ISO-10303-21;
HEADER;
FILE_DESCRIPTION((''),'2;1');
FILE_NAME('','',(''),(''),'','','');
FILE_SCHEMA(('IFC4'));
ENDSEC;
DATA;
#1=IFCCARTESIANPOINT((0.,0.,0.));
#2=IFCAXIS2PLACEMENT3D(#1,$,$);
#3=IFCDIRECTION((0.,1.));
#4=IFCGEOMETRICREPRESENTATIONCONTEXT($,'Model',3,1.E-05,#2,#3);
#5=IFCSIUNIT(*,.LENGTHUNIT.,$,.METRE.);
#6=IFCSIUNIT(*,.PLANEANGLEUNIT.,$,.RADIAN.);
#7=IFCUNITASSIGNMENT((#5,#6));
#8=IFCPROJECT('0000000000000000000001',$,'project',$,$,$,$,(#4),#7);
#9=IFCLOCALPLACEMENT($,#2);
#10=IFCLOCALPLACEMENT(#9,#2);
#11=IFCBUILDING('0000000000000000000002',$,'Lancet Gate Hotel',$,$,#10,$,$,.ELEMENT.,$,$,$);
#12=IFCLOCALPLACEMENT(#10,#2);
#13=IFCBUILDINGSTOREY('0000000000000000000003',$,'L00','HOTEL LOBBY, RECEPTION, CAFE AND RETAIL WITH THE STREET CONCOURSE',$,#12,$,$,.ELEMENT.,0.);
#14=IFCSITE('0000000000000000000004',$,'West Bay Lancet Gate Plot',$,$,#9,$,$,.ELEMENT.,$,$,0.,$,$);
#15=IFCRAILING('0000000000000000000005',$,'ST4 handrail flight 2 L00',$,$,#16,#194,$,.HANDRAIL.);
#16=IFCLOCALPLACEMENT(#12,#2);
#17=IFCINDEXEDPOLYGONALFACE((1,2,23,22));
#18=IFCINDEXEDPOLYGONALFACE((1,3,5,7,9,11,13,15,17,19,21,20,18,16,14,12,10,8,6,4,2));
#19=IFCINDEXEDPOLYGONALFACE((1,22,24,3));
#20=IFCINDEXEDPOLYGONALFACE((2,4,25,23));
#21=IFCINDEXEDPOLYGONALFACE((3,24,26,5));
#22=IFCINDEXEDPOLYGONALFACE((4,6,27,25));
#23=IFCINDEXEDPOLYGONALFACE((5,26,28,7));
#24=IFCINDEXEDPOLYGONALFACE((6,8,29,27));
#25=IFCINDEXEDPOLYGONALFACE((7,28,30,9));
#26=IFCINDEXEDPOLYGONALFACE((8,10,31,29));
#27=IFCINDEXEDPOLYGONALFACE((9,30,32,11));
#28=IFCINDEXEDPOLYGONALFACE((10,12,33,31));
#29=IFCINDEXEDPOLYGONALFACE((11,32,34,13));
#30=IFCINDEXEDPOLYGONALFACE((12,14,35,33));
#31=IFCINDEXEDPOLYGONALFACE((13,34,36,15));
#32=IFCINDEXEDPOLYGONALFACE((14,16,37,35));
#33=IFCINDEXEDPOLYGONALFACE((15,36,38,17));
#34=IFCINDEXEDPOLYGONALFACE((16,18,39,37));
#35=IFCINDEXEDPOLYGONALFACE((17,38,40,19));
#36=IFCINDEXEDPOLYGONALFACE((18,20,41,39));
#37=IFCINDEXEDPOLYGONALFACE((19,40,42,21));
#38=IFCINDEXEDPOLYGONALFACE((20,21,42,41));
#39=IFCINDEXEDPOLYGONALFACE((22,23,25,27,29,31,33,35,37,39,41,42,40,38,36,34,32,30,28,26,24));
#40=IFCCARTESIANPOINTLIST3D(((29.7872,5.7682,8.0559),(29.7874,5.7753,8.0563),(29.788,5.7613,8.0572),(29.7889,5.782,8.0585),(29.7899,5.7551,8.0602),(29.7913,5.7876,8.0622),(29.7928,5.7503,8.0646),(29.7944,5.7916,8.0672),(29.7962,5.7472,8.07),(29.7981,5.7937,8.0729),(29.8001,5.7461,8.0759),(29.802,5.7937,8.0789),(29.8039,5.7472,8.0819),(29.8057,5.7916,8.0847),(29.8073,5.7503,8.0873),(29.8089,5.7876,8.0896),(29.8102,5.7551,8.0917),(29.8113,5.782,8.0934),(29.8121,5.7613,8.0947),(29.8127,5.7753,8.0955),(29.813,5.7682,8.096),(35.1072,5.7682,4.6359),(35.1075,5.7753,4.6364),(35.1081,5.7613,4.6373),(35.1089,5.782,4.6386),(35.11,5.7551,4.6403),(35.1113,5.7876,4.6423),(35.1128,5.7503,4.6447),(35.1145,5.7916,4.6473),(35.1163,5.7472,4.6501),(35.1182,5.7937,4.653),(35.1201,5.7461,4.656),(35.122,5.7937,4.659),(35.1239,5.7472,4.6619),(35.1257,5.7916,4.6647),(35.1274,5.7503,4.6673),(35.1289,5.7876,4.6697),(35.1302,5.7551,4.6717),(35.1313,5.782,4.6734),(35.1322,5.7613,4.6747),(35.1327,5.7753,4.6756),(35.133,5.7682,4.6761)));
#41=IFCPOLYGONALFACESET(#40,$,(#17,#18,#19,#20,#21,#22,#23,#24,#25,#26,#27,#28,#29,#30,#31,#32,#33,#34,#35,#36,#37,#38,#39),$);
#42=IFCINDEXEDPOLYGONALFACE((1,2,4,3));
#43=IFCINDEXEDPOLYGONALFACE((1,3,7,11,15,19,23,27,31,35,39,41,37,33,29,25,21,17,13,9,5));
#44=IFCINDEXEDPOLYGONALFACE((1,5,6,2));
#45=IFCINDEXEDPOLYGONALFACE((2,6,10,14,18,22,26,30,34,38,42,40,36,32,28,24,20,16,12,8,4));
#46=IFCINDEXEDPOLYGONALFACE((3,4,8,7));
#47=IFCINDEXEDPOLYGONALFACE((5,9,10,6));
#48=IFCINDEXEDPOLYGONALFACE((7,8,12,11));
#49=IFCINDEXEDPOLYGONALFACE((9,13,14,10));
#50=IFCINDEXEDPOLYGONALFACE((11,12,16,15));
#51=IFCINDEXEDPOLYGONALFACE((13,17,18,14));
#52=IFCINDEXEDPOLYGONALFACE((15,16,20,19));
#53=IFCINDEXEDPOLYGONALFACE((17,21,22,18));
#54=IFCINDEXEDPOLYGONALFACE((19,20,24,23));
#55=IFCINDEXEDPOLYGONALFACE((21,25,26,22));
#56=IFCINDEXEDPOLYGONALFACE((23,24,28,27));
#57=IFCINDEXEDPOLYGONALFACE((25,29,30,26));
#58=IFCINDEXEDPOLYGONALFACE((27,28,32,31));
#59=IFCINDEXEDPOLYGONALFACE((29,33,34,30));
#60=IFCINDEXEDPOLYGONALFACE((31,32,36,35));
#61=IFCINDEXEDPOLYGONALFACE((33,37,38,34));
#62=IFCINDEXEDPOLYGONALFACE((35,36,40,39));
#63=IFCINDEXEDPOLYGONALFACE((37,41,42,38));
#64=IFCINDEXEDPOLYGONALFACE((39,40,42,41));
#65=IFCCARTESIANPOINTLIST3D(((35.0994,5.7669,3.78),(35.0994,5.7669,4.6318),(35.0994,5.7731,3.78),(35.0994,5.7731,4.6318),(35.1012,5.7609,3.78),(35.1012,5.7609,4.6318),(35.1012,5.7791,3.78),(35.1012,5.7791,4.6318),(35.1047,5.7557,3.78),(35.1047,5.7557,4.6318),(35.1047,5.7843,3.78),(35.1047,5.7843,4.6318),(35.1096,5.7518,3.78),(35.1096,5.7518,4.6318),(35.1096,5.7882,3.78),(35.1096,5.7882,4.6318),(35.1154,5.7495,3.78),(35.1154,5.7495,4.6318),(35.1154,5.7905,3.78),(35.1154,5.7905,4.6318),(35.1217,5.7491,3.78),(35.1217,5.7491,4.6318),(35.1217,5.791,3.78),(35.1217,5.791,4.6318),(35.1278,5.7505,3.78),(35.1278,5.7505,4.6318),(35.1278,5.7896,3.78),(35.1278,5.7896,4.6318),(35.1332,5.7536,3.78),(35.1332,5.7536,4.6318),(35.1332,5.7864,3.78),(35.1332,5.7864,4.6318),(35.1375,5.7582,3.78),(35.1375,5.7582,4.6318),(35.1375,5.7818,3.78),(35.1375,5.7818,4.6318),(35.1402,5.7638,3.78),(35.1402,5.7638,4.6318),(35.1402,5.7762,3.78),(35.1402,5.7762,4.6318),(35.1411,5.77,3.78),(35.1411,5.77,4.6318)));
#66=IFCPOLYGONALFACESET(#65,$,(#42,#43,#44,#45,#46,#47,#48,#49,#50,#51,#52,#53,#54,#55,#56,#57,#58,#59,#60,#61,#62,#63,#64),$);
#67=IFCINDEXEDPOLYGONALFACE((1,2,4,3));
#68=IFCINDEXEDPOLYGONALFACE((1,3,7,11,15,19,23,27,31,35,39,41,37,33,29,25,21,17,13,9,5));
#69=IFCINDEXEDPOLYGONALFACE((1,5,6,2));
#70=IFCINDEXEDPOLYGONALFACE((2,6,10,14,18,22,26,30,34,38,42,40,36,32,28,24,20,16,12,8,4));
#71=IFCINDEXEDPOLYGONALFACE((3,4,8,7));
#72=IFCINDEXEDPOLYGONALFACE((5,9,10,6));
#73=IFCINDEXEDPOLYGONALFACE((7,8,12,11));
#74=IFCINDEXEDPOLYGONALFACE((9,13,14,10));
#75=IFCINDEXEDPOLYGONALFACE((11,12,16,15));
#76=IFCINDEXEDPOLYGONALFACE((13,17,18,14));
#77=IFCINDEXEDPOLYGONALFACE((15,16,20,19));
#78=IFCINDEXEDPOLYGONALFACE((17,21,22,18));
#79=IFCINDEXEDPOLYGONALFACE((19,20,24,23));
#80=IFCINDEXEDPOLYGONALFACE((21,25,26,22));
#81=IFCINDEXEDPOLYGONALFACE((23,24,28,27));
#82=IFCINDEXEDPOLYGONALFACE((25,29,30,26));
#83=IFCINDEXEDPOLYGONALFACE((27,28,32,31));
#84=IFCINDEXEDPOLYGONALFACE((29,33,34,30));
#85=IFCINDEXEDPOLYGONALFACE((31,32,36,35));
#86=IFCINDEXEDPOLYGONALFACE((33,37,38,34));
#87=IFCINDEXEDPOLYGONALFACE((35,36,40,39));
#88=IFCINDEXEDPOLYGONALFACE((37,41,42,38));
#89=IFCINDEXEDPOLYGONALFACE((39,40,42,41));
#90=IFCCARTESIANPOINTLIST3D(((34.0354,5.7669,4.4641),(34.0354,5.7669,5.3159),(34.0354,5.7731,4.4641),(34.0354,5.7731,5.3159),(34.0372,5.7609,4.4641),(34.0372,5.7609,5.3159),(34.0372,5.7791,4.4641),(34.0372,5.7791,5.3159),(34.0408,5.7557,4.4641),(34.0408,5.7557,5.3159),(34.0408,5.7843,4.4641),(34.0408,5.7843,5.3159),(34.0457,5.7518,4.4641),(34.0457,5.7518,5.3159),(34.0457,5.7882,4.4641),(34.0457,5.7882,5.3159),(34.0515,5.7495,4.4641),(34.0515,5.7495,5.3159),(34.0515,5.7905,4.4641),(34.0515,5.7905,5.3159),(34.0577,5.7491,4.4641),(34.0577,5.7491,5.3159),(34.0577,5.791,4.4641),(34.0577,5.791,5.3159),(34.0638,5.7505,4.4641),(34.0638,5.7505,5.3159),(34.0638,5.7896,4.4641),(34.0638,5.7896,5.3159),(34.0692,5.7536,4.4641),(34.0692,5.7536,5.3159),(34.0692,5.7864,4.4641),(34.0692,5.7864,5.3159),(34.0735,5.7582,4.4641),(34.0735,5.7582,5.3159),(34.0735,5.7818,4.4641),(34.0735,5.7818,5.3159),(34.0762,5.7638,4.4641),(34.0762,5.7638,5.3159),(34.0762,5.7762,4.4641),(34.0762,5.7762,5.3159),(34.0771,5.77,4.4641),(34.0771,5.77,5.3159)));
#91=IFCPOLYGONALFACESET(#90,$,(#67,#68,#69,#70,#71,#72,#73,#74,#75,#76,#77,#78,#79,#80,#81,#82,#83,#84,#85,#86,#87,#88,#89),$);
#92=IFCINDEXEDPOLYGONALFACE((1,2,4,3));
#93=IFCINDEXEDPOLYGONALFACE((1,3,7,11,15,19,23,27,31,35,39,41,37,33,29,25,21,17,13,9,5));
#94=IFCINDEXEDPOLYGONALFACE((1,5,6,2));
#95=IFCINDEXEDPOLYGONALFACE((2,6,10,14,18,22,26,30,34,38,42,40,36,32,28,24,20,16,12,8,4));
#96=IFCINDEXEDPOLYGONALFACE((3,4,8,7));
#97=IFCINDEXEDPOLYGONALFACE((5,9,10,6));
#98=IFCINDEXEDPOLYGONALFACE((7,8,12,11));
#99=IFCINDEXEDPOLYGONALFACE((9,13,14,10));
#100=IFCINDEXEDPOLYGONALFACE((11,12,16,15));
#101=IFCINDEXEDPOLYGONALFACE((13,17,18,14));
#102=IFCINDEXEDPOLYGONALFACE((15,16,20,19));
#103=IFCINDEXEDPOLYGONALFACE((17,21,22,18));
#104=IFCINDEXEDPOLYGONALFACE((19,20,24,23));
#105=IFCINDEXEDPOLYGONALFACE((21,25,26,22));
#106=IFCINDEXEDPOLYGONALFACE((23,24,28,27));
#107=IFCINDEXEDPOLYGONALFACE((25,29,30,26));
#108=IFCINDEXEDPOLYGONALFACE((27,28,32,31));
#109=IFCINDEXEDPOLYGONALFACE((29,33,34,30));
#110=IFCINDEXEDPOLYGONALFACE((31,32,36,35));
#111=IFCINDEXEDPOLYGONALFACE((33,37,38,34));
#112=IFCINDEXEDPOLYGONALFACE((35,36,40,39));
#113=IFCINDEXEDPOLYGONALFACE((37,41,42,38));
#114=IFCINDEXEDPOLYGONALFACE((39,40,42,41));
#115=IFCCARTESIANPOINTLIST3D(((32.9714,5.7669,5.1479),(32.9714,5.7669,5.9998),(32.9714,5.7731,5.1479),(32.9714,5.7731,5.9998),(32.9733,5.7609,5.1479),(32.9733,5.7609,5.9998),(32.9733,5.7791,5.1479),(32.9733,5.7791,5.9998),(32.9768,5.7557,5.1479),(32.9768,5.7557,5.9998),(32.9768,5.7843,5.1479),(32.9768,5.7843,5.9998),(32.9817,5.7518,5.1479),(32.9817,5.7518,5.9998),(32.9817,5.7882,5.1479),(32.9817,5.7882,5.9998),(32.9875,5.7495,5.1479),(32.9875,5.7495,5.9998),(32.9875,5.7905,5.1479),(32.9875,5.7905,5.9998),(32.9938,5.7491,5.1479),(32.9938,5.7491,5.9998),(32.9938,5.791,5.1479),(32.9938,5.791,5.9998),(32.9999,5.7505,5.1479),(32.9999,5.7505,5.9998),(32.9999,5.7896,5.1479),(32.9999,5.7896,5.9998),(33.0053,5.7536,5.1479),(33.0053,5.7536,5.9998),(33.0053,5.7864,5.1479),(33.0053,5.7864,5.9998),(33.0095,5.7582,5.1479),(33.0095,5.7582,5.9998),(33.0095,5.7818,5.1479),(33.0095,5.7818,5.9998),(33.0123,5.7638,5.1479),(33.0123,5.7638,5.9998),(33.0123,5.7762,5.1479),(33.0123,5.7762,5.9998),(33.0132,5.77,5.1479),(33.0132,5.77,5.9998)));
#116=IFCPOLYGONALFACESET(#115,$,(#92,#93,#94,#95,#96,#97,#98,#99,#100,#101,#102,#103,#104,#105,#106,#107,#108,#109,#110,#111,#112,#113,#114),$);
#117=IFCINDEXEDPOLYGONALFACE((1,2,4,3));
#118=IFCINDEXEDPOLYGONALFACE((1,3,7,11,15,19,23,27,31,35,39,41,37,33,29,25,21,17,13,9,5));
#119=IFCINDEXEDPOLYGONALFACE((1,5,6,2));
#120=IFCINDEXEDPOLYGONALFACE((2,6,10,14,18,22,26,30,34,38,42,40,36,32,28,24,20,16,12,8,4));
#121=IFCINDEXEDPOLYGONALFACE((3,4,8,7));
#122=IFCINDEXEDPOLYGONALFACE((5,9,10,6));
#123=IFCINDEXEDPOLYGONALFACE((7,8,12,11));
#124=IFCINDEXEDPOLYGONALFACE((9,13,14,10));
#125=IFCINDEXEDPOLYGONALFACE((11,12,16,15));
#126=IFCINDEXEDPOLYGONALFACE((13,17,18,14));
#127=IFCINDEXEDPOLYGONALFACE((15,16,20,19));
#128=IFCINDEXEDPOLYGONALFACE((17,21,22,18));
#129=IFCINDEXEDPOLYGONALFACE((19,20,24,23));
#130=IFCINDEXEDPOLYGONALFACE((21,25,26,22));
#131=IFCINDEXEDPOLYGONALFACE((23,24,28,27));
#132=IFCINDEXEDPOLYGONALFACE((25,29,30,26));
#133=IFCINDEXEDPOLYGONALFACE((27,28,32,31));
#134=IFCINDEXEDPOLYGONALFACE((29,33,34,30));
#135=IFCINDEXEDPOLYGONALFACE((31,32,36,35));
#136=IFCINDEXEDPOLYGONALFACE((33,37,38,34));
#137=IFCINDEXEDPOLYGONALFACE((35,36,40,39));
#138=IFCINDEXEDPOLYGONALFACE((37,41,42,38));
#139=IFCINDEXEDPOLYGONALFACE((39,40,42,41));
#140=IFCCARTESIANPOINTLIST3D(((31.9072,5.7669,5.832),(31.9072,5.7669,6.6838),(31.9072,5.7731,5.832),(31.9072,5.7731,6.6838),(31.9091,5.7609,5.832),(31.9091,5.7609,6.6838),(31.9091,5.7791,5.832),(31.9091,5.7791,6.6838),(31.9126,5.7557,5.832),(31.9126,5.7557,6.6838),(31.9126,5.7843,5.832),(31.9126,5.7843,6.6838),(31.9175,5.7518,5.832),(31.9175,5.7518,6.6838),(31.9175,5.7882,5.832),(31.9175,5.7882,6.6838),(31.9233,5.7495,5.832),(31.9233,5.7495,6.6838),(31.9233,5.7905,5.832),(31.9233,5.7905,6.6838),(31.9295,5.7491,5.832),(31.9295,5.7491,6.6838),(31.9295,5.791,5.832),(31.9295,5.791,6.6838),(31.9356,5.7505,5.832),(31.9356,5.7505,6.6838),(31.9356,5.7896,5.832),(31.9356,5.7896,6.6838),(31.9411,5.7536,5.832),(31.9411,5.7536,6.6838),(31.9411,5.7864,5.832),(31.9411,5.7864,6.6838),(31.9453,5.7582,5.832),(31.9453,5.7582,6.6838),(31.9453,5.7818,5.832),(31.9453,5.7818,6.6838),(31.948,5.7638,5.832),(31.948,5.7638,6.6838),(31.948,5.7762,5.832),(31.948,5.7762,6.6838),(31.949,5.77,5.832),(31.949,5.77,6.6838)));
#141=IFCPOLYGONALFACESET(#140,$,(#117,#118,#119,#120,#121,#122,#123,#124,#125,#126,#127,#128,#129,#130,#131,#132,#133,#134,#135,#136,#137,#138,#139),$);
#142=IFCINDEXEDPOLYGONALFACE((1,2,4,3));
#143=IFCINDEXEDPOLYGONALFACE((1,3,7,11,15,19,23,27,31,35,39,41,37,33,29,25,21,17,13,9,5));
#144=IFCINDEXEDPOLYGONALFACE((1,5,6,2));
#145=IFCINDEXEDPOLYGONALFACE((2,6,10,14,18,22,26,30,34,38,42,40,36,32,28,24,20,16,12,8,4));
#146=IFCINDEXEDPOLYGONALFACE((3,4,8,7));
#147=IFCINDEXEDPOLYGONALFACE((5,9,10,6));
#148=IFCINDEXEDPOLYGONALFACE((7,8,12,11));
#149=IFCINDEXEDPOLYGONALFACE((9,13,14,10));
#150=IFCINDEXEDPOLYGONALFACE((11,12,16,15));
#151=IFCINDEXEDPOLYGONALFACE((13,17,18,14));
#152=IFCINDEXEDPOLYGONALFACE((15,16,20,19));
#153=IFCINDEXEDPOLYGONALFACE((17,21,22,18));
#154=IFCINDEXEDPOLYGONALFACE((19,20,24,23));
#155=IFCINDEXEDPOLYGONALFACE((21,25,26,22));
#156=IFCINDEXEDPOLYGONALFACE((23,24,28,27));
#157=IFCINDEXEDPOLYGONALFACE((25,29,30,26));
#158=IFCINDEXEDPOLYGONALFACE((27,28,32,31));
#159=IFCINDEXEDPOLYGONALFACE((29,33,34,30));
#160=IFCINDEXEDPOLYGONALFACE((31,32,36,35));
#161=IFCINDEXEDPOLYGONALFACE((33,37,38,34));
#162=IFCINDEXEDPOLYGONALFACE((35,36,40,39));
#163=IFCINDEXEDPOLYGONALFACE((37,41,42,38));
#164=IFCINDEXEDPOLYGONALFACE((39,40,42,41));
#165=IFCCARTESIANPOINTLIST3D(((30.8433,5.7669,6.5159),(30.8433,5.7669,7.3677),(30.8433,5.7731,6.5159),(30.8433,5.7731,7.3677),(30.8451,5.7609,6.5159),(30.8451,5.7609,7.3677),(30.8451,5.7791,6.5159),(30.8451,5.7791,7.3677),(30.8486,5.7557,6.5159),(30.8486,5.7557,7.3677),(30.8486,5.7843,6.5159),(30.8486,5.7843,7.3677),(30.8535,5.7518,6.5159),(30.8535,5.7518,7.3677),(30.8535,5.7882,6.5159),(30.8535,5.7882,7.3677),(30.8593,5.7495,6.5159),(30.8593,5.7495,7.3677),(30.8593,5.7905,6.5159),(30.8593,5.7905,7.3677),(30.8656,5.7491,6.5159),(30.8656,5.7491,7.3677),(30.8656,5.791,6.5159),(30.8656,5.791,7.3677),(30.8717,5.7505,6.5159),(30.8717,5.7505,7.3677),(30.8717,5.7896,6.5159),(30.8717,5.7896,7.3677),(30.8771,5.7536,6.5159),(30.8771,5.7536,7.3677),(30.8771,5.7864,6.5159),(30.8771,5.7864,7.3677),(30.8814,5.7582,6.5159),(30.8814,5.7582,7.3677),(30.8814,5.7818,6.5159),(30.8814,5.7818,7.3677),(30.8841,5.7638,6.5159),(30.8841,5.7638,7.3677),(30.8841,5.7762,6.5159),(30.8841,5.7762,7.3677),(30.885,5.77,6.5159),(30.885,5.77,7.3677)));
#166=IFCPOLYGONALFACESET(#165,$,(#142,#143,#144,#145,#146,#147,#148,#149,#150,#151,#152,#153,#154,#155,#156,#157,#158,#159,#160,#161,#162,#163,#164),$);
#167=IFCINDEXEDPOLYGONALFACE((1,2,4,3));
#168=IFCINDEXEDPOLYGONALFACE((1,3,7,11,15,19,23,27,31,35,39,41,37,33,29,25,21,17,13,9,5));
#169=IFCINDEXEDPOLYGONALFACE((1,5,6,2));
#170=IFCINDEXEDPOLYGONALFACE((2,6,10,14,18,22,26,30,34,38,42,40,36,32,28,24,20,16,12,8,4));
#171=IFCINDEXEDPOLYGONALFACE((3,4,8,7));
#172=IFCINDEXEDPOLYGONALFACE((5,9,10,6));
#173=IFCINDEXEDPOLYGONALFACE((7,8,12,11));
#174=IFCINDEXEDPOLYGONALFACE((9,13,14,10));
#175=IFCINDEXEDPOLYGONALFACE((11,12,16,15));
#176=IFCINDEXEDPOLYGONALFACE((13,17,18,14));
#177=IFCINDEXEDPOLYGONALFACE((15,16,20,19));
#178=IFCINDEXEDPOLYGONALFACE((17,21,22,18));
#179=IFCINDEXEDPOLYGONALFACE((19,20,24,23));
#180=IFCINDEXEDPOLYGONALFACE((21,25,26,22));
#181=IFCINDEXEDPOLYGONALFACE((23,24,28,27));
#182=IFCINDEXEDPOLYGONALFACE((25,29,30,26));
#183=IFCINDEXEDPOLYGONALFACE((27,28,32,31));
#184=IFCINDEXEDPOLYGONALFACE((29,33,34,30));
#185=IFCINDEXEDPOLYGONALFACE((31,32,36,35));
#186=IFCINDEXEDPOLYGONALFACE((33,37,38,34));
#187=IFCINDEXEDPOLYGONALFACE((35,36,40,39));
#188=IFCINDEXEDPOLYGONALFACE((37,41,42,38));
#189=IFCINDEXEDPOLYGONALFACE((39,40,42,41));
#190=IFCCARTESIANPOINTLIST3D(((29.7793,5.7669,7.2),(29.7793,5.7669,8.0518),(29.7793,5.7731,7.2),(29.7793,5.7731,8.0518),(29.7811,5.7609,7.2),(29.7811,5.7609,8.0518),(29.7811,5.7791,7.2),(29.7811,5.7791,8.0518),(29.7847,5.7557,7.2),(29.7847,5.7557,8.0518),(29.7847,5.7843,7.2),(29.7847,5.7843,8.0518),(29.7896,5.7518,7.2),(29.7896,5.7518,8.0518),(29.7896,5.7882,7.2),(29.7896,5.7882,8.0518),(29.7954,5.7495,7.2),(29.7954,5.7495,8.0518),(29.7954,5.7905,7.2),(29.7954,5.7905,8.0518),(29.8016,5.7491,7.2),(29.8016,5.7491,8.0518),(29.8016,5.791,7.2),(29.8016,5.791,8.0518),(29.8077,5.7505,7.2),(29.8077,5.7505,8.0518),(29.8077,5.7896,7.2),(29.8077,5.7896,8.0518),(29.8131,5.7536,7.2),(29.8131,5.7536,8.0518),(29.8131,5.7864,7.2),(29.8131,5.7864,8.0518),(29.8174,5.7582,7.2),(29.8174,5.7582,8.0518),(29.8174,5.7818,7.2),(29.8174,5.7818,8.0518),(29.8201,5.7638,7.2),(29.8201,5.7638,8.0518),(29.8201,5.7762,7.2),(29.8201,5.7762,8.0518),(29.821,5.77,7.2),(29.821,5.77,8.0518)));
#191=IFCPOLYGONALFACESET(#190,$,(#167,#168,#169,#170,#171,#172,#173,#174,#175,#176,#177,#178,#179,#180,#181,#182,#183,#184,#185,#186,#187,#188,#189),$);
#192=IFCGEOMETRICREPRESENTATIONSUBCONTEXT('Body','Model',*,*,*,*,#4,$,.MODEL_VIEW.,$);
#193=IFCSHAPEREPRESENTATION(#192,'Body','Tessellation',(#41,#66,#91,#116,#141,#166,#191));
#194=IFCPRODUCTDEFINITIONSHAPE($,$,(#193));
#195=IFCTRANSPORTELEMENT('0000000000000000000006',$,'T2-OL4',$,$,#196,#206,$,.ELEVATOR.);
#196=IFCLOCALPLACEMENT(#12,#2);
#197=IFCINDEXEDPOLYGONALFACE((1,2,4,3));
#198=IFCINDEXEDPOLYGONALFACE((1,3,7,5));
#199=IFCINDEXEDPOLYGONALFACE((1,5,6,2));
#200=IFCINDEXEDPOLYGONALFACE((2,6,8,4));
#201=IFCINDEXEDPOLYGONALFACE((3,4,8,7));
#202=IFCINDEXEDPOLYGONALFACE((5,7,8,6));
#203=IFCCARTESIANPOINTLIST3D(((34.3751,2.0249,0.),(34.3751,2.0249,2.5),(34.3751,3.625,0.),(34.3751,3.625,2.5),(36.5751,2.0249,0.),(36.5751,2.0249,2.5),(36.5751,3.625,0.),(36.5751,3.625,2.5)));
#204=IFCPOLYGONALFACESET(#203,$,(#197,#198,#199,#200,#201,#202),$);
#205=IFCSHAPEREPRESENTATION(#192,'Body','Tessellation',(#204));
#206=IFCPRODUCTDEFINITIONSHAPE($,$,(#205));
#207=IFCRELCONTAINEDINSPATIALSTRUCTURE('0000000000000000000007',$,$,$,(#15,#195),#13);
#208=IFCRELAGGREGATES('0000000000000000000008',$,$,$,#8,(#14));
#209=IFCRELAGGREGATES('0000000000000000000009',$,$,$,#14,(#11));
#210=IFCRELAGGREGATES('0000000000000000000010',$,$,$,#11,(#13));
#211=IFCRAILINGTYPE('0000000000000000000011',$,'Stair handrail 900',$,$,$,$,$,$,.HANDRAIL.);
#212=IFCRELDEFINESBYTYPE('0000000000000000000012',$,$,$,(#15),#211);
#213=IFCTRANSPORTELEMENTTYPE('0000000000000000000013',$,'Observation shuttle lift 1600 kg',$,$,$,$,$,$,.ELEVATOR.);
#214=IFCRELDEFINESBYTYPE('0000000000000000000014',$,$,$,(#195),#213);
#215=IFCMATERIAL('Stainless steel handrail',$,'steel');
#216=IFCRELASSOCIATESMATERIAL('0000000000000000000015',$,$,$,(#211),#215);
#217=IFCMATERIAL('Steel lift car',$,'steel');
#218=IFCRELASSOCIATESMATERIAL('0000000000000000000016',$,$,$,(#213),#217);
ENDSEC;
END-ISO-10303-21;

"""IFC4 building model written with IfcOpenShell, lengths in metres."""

from ifc_helpers import new_model, si_unit, direction, frame, origin, origin_2d, place, context, subcontext, project, spatial, rectangle, circle, extrude, material, type_object, element, save


model = new_model("IFC4")

# Units and contexts
model_context = context("Model", 3, precision=1e-05, world=origin(), true_north=direction((0.0, 1.0)))
body_context = subcontext(model_context, "Body", "Model", "MODEL_VIEW")
ifc_project = project(units=[si_unit("LENGTHUNIT", "METRE"), si_unit("PLANEANGLEUNIT", "RADIAN")], contexts=[model_context])

# Site, building, storey
site_placement = place(None, origin())
site = spatial("IfcSite", under=ifc_project, at=site_placement, Name="West Bay Lancet Gate Plot", CompositionType="ELEMENT", RefElevation=0.0)
building_placement = place(site_placement, origin())
building = spatial("IfcBuilding", under=site, at=building_placement, Name="Lancet Gate Hotel", CompositionType="ELEMENT")
storey_placement = place(building_placement, origin())
storey = spatial("IfcBuildingStorey", under=building, at=storey_placement, Name="L00", Description="HOTEL LOBBY, RECEPTION, CAFE AND RETAIL WITH THE STREET CONCOURSE", CompositionType="ELEMENT", Elevation=0.0)

# Railing
ifc_material_1 = material(Name="Stainless steel handrail", Category="steel")
railing_type = type_object("IfcRailingType", Name="Stair handrail 900", PredefinedType="HANDRAIL", material=ifc_material_1)
railing_placement = place(storey_placement, frame((35.1201, 5.77, 3.78)))
element("IfcRailing", 1, at=railing_placement, inside=storey, type_object=railing_type, Name="ST4 handrail flight 2 L00", PredefinedType="HANDRAIL", context=body_context, shape_type="SweptSolid", body=[
    extrude(circle(Radius=0.0239, at=origin_2d()), frame((0.0, 0.0, 0.876), z_axis=(-0.841187, 0.0, 0.540744), x_axis=(0.0, -1.0, 0.0)), (0.0, 0.0, 1.0), 6.3245),
    extrude(circle(Radius=0.021, at=origin_2d()), origin(), (0.0, 0.0, 1.0), 0.8518),
    extrude(circle(Radius=0.021, at=origin_2d()), frame((-1.064, 0.0, 0.6841)), (0.0, 0.0, 1.0), 0.8518),
    extrude(circle(Radius=0.021, at=origin_2d()), frame((-2.1279, 0.0, 1.3679)), (0.0, 0.0, 1.0), 0.8518),
    extrude(circle(Radius=0.021, at=origin_2d()), frame((-3.1921, 0.0, 2.052)), (0.0, 0.0, 1.0), 0.8518),
    extrude(circle(Radius=0.021, at=origin_2d()), frame((-4.2561, 0.0, 2.7358)), (0.0, 0.0, 1.0), 0.8518),
    extrude(circle(Radius=0.021, at=origin_2d()), frame((-5.3201, 0.0, 3.4199)), (0.0, 0.0, 1.0), 0.8518),
])

# Transport element
ifc_material_2 = material(Name="Steel lift car", Category="steel")
transport_element_type = type_object("IfcTransportElementType", Name="Observation shuttle lift 1600 kg", PredefinedType="ELEVATOR", material=ifc_material_2)
transport_element_placement = place(storey_placement, frame((35.4751, 2.825, 0.0), z_axis=(0.0, 0.0, 1.0), x_axis=(1.0, 0.0, 0.0)))
element("IfcTransportElement", 2, at=transport_element_placement, inside=storey, type_object=transport_element_type, Name="T2-OL4", PredefinedType="ELEVATOR", context=body_context, shape_type="SweptSolid", body=[
    extrude(rectangle(XDim=2.2, YDim=1.6001, at=origin_2d()), origin(), (0.0, 0.0, 1.0), 2.5),
])

save(model, "model.ifc")
